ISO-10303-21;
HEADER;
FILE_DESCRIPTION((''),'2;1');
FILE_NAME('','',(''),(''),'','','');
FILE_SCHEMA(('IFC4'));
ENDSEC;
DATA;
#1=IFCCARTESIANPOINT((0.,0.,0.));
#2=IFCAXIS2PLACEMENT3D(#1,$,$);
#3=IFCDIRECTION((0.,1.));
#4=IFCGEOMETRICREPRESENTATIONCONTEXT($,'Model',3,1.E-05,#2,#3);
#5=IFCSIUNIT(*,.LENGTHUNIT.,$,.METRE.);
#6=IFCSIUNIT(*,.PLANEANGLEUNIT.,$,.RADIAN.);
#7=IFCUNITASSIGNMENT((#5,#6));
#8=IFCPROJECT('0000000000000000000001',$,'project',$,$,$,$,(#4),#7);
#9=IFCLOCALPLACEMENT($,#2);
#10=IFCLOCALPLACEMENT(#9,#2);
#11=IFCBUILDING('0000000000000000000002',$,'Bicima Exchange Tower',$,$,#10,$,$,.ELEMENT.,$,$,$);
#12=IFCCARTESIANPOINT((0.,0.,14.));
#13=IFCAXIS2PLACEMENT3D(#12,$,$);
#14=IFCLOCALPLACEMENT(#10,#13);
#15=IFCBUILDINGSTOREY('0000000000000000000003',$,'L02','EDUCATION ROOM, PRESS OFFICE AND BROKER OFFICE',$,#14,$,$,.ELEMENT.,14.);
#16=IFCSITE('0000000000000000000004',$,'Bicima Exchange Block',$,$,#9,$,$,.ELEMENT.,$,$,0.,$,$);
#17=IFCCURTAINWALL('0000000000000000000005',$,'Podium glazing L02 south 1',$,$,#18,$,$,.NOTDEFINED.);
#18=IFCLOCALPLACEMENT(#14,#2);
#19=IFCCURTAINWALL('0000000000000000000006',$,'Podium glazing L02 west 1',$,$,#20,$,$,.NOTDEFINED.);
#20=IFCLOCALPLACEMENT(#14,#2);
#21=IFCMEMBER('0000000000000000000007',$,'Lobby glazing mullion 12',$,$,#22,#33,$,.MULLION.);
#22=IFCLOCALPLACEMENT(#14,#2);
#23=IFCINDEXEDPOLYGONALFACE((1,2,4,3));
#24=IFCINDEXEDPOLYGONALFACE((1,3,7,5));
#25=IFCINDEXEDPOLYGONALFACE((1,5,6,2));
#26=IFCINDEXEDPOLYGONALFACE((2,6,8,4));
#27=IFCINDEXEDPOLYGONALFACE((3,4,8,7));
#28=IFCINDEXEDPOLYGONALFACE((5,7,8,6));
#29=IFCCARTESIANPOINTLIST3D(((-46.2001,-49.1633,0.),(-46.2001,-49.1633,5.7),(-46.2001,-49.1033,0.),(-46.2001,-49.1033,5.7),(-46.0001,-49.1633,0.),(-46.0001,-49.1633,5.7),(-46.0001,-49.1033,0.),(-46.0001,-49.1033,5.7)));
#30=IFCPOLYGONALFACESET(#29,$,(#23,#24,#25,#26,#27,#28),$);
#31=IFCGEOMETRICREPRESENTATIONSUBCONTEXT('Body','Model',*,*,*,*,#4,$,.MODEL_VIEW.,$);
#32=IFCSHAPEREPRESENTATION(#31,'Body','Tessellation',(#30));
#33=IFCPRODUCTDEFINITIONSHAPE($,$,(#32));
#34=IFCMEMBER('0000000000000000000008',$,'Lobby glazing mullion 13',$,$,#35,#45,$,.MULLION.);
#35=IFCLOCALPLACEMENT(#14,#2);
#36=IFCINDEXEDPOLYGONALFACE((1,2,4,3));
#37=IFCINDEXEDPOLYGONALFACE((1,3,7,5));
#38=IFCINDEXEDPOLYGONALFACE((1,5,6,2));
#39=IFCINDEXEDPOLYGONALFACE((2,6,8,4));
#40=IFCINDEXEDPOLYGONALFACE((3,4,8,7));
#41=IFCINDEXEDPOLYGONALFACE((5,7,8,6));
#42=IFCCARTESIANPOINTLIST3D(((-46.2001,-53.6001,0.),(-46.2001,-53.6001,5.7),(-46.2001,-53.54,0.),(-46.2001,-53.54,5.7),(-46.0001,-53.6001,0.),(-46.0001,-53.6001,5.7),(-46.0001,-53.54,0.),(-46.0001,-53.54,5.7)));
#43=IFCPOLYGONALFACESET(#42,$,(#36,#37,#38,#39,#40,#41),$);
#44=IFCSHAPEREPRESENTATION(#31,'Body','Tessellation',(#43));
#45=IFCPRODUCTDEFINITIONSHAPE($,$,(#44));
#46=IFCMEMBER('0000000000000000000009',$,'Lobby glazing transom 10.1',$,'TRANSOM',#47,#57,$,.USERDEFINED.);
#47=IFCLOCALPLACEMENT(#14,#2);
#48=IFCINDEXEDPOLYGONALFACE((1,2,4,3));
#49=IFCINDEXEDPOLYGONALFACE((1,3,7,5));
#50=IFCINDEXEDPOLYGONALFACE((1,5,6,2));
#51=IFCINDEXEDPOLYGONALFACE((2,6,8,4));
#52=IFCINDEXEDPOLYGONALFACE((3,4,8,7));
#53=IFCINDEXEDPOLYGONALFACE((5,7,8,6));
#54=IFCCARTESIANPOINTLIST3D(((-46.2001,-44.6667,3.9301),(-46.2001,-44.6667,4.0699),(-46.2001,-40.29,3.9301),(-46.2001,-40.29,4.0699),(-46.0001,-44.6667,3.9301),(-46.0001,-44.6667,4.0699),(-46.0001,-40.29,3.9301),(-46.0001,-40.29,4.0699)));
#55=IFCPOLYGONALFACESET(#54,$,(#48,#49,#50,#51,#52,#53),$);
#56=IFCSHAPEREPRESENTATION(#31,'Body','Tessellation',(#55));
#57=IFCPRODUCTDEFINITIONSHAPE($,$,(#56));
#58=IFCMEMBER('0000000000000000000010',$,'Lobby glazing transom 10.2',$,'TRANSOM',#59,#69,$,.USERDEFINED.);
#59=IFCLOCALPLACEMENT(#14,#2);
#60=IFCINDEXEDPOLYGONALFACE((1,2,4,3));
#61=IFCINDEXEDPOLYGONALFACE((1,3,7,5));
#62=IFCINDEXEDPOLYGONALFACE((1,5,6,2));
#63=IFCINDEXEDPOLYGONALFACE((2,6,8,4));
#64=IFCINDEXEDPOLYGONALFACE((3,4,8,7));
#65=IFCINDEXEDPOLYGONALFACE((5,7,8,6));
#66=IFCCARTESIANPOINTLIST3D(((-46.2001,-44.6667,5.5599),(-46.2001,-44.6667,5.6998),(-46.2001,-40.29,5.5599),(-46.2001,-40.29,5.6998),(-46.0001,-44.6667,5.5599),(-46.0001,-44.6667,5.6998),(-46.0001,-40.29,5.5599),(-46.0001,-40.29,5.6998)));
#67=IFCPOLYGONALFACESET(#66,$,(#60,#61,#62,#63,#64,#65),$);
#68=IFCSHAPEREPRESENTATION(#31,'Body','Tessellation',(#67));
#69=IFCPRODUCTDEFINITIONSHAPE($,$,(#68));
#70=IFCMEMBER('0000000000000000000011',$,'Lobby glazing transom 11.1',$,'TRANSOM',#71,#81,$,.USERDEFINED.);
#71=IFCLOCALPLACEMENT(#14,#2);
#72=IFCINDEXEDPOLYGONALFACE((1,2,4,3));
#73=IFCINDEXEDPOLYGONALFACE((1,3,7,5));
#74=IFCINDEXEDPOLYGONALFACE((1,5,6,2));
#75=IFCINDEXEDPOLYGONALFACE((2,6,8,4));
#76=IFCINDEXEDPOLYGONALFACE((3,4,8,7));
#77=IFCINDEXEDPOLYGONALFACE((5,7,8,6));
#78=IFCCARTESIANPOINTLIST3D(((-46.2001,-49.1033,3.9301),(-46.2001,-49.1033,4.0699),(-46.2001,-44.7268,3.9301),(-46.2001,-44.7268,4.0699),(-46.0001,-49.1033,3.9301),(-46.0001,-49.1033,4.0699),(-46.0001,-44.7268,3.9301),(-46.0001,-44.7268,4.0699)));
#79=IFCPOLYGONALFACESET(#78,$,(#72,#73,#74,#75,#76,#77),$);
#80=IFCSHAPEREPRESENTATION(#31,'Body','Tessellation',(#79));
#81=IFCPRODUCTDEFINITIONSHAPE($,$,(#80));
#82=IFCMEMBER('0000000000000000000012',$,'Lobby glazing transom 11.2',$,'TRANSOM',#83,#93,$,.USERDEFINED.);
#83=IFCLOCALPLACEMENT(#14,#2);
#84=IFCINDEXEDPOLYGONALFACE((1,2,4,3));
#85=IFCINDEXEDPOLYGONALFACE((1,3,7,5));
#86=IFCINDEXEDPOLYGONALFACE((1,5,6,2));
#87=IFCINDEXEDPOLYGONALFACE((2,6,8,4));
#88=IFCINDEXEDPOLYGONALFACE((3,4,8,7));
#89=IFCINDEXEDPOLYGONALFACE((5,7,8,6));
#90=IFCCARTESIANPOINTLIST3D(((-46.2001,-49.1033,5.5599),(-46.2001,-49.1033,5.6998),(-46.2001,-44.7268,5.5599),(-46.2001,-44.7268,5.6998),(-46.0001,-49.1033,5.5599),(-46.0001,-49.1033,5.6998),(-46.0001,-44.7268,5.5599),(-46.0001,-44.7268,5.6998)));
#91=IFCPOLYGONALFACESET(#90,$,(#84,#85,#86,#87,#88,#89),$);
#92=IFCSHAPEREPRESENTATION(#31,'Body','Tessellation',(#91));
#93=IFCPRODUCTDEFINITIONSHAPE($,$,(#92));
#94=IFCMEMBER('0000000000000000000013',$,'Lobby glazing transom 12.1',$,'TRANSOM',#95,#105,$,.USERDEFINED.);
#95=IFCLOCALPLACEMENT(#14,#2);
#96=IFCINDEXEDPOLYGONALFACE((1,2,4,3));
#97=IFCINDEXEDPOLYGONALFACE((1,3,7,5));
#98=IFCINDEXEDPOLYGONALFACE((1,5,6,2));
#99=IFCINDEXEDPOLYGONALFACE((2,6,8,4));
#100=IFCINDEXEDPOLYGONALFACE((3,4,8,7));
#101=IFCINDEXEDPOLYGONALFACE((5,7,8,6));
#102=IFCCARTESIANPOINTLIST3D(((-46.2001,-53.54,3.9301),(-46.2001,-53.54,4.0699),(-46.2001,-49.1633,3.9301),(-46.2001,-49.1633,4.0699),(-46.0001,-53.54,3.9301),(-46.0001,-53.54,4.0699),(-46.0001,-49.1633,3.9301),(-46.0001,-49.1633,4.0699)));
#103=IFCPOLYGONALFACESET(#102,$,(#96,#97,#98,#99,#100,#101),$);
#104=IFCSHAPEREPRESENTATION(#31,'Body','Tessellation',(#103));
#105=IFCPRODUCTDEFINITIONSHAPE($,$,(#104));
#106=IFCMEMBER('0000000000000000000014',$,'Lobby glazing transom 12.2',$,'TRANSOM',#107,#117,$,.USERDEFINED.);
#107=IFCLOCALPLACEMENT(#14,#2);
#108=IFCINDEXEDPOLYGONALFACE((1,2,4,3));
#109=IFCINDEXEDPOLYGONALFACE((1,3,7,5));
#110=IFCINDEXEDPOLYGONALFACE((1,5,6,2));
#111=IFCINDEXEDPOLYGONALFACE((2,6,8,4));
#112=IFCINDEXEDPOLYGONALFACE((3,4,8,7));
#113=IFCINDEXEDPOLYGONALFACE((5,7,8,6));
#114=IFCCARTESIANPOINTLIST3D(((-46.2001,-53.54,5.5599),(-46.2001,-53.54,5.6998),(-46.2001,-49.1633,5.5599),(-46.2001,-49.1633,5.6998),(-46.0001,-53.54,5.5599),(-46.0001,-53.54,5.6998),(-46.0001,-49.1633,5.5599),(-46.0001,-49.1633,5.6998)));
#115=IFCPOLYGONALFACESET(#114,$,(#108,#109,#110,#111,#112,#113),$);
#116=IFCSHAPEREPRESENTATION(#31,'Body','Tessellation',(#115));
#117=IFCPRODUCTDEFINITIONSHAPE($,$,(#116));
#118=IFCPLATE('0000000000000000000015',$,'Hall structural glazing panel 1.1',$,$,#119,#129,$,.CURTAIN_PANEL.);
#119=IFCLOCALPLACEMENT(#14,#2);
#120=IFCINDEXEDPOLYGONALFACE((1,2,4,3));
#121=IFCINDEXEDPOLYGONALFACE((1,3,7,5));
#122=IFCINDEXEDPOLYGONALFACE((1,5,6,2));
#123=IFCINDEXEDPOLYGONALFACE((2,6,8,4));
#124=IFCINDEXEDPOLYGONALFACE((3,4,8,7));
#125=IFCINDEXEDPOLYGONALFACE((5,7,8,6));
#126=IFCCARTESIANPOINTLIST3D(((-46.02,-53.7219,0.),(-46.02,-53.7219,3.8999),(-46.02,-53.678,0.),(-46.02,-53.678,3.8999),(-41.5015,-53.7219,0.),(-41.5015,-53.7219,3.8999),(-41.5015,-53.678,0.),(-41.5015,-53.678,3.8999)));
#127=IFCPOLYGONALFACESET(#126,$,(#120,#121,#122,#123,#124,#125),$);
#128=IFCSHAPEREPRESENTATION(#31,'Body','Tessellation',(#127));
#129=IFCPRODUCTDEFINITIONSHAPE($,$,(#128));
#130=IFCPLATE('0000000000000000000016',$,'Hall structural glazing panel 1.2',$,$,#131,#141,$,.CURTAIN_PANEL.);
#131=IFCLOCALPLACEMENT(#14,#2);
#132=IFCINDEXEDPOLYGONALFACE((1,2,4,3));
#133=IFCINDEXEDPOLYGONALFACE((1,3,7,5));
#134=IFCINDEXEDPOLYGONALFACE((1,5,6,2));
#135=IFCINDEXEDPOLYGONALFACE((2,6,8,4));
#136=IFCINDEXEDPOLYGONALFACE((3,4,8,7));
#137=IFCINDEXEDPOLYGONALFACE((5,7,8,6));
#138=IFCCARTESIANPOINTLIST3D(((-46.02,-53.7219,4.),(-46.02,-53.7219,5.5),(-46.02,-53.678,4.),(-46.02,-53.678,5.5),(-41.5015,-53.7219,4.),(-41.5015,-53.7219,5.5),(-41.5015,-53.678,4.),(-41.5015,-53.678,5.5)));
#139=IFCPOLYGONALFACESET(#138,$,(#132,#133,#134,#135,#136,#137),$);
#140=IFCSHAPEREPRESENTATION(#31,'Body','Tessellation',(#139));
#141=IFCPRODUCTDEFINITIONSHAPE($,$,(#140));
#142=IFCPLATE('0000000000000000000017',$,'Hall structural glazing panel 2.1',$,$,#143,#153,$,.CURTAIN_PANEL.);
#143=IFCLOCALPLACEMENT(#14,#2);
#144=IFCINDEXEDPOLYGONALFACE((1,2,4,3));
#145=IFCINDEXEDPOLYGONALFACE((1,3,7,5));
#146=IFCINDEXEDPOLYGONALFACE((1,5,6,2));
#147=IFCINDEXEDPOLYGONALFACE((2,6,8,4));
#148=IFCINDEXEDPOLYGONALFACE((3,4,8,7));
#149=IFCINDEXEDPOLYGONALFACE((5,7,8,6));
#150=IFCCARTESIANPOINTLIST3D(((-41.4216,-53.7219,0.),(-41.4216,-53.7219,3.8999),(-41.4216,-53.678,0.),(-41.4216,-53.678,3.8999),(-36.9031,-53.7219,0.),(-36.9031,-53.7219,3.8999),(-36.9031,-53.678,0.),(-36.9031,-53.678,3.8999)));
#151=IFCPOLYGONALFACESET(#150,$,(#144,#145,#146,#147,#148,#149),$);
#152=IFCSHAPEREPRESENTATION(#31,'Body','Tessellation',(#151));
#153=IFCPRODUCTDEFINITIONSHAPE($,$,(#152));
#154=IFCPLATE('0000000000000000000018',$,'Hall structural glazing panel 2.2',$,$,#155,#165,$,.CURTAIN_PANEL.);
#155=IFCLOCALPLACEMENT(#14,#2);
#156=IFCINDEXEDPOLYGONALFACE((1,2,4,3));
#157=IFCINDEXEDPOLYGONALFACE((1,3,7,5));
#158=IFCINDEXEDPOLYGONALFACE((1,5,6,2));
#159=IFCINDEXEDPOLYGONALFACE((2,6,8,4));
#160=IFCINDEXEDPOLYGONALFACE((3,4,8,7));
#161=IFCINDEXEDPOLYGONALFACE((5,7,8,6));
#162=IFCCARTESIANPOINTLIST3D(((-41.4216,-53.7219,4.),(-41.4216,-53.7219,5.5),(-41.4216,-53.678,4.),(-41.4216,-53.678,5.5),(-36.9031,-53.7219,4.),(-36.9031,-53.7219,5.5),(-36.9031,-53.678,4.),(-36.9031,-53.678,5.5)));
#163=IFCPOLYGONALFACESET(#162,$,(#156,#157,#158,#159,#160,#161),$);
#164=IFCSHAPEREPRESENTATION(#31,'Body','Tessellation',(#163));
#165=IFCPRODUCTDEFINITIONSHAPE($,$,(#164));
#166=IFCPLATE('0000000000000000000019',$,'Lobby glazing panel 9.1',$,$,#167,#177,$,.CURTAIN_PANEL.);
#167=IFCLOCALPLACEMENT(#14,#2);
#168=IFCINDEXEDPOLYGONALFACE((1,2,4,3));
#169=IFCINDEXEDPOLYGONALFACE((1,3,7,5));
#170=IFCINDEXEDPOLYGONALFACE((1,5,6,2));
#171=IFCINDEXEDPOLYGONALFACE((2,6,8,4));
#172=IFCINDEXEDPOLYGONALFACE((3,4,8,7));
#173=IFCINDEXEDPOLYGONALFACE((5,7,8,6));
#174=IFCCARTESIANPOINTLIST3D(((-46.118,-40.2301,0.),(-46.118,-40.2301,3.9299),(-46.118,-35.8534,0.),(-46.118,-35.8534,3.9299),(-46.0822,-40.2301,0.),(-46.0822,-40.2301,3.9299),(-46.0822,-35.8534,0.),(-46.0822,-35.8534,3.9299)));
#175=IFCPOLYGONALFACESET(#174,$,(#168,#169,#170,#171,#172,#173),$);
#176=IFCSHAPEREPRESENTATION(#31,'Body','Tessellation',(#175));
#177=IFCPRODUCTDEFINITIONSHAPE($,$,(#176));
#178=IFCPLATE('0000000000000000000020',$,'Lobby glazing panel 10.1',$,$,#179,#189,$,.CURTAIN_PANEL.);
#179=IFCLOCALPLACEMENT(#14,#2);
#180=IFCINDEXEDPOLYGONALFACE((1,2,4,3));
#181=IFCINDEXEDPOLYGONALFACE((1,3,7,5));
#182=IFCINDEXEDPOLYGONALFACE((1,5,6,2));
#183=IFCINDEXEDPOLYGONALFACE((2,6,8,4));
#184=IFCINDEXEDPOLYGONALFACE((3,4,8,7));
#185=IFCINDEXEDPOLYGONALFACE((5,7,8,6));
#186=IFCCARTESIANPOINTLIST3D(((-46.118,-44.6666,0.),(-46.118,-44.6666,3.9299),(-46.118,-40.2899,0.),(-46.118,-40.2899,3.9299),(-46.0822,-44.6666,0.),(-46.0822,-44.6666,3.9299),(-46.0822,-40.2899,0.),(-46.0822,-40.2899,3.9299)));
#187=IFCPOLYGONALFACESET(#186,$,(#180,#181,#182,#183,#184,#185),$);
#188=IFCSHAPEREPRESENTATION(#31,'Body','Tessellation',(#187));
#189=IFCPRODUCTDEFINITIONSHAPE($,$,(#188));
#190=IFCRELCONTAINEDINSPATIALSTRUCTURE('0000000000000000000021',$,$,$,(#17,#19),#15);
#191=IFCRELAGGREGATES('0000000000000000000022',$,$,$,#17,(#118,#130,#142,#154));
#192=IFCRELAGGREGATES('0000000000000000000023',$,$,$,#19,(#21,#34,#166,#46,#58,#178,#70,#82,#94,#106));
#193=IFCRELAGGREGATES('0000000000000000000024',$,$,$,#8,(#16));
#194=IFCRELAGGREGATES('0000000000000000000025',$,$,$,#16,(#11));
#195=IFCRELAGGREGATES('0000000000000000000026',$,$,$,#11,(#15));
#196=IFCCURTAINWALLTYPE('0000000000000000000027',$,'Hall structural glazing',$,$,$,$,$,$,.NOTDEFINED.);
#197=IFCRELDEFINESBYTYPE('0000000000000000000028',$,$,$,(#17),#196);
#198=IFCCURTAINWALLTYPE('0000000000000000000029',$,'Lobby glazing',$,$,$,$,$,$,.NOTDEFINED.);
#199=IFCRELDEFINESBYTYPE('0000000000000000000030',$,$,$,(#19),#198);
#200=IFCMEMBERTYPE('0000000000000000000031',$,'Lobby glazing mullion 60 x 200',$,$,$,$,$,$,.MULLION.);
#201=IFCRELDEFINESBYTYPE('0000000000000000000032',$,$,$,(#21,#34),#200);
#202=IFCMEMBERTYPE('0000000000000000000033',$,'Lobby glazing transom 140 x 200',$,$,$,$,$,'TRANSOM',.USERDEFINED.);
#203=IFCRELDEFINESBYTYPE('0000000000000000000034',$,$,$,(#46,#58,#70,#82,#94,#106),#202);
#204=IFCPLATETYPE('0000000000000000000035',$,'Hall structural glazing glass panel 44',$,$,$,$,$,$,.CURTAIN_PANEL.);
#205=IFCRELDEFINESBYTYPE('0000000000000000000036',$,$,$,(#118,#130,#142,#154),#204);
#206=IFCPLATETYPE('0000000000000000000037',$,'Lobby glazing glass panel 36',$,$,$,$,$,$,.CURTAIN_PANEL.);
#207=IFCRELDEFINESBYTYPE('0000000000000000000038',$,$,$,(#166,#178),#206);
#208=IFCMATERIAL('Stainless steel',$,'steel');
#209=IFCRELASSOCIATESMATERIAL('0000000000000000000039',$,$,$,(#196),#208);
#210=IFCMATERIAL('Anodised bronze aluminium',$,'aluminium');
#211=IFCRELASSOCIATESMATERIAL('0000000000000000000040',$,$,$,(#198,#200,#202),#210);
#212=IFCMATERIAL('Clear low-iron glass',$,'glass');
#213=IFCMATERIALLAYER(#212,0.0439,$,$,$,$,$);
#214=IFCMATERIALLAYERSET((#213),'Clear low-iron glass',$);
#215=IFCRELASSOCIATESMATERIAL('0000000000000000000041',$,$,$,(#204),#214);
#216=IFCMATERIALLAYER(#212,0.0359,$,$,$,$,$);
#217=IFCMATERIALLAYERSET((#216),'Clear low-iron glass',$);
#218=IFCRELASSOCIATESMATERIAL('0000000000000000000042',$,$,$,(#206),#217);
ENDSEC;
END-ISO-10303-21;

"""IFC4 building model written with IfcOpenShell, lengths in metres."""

from ifc_helpers import new_model, si_unit, direction, frame, origin, origin_2d, place, context, subcontext, project, spatial, rectangle, extrude, material, layer, layer_set, material_profile, profile_set, type_object, element, aggregate, save


model = new_model("IFC4")

# Units and contexts
model_context = context("Model", 3, precision=1e-05, world=origin(), true_north=direction((0.0, 1.0)))
body_context = subcontext(model_context, "Body", "Model", "MODEL_VIEW")
ifc_project = project(units=[si_unit("LENGTHUNIT", "METRE"), si_unit("PLANEANGLEUNIT", "RADIAN")], contexts=[model_context])

# Site, building, storey
site_placement = place(None, origin())
site = spatial("IfcSite", under=ifc_project, at=site_placement, Name="Bicima Exchange Block", CompositionType="ELEMENT", RefElevation=0.0)
building_placement = place(site_placement, origin())
building = spatial("IfcBuilding", under=site, at=building_placement, Name="Bicima Exchange Tower", CompositionType="ELEMENT")
storey_placement = place(building_placement, frame((0.0, 0.0, 14.0)))
storey = spatial("IfcBuildingStorey", under=building, at=storey_placement, Name="L02", Description="EDUCATION ROOM, PRESS OFFICE AND BROKER OFFICE", CompositionType="ELEMENT", Elevation=14.0)

# Curtain walls, members
ifc_material_1 = material(Name="Stainless steel", Category="steel")
curtain_wall_type_1 = type_object("IfcCurtainWallType", Name="Hall structural glazing", PredefinedType="NOTDEFINED", material=ifc_material_1)
curtain_wall_1_placement = place(storey_placement, origin())
curtain_wall_1 = element("IfcCurtainWall", 1, at=curtain_wall_1_placement, inside=storey, type_object=curtain_wall_type_1, Name="Podium glazing L02 south 1", PredefinedType="NOTDEFINED")
ifc_material_2 = material(Name="Anodised bronze aluminium", Category="aluminium")
curtain_wall_type_2 = type_object("IfcCurtainWallType", Name="Lobby glazing", PredefinedType="NOTDEFINED", material=ifc_material_2)
curtain_wall_2_placement = place(storey_placement, origin())
curtain_wall_2 = element("IfcCurtainWall", 2, at=curtain_wall_2_placement, inside=storey, type_object=curtain_wall_type_2, Name="Podium glazing L02 west 1", PredefinedType="NOTDEFINED")
ifc_material_profile_1 = material_profile(ifc_material_2, rectangle(XDim=0.2, YDim=0.0601, at=origin_2d()))
ifc_profile_set_1 = profile_set([ifc_material_profile_1], Name="Anodised bronze aluminium")
member_type_1 = type_object("IfcMemberType", Name="Lobby glazing mullion 60 x 200", PredefinedType="MULLION", material=ifc_profile_set_1)
member_1_placement = place(storey_placement, frame((-46.1001, -49.1333, 0.0), z_axis=(0.0, 0.0, 1.0), x_axis=(1.0, 0.0, 0.0)))
member_1 = element("IfcMember", 3, at=member_1_placement, type_object=member_type_1, Name="Lobby glazing mullion 12", PredefinedType="MULLION", context=body_context, shape_type="SweptSolid", body=[
    extrude(rectangle(XDim=0.2, YDim=0.0601, at=origin_2d()), origin(), (0.0, 0.0, 1.0), 5.7),
])
member_2_placement = place(storey_placement, frame((-46.1001, -53.5701, 0.0), z_axis=(0.0, 0.0, 1.0), x_axis=(1.0, 0.0, 0.0)))
member_2 = element("IfcMember", 4, at=member_2_placement, type_object=member_type_1, Name="Lobby glazing mullion 13", PredefinedType="MULLION", context=body_context, shape_type="SweptSolid", body=[
    extrude(rectangle(XDim=0.2, YDim=0.0601, at=origin_2d()), origin(), (0.0, 0.0, 1.0), 5.7),
])
ifc_material_profile_2 = material_profile(ifc_material_2, rectangle(XDim=0.2, YDim=0.1399, at=origin_2d()))
ifc_profile_set_2 = profile_set([ifc_material_profile_2], Name="Anodised bronze aluminium")
member_type_2 = type_object("IfcMemberType", Name="Lobby glazing transom 140 x 200", ElementType="TRANSOM", PredefinedType="USERDEFINED", material=ifc_profile_set_2)
member_3_placement = place(storey_placement, frame((-46.1001, -40.29, 4.0), z_axis=(0.0, -1.0, 0.0), x_axis=(1.0, 0.0, 0.0)))
member_3 = element("IfcMember", 5, at=member_3_placement, type_object=member_type_2, Name="Lobby glazing transom 10.1", ObjectType="TRANSOM", PredefinedType="USERDEFINED", context=body_context, shape_type="SweptSolid", body=[
    extrude(rectangle(XDim=0.2, YDim=0.1399, at=origin_2d()), origin(), (0.0, 0.0, 1.0), 4.3767),
])
member_4_placement = place(storey_placement, frame((-46.1001, -40.29, 5.6299), z_axis=(0.0, -1.0, 0.0), x_axis=(1.0, 0.0, 0.0)))
member_4 = element("IfcMember", 6, at=member_4_placement, type_object=member_type_2, Name="Lobby glazing transom 10.2", ObjectType="TRANSOM", PredefinedType="USERDEFINED", context=body_context, shape_type="SweptSolid", body=[
    extrude(rectangle(XDim=0.2, YDim=0.1399, at=origin_2d()), origin(), (0.0, 0.0, 1.0), 4.3767),
])
member_5_placement = place(storey_placement, frame((-46.1001, -44.7268, 4.0), z_axis=(0.0, -1.0, 0.0), x_axis=(1.0, 0.0, 0.0)))
member_5 = element("IfcMember", 7, at=member_5_placement, type_object=member_type_2, Name="Lobby glazing transom 11.1", ObjectType="TRANSOM", PredefinedType="USERDEFINED", context=body_context, shape_type="SweptSolid", body=[
    extrude(rectangle(XDim=0.2, YDim=0.1399, at=origin_2d()), origin(), (0.0, 0.0, 1.0), 4.3765),
])
member_6_placement = place(storey_placement, frame((-46.1001, -44.7268, 5.6299), z_axis=(0.0, -1.0, 0.0), x_axis=(1.0, 0.0, 0.0)))
member_6 = element("IfcMember", 8, at=member_6_placement, type_object=member_type_2, Name="Lobby glazing transom 11.2", ObjectType="TRANSOM", PredefinedType="USERDEFINED", context=body_context, shape_type="SweptSolid", body=[
    extrude(rectangle(XDim=0.2, YDim=0.1399, at=origin_2d()), origin(), (0.0, 0.0, 1.0), 4.3765),
])
member_7_placement = place(storey_placement, frame((-46.1001, -49.1633, 4.0), z_axis=(0.0, -1.0, 0.0), x_axis=(1.0, 0.0, 0.0)))
member_7 = element("IfcMember", 9, at=member_7_placement, type_object=member_type_2, Name="Lobby glazing transom 12.1", ObjectType="TRANSOM", PredefinedType="USERDEFINED", context=body_context, shape_type="SweptSolid", body=[
    extrude(rectangle(XDim=0.2, YDim=0.1399, at=origin_2d()), origin(), (0.0, 0.0, 1.0), 4.3767),
])
member_8_placement = place(storey_placement, frame((-46.1001, -49.1633, 5.6299), z_axis=(0.0, -1.0, 0.0), x_axis=(1.0, 0.0, 0.0)))
member_8 = element("IfcMember", 10, at=member_8_placement, type_object=member_type_2, Name="Lobby glazing transom 12.2", ObjectType="TRANSOM", PredefinedType="USERDEFINED", context=body_context, shape_type="SweptSolid", body=[
    extrude(rectangle(XDim=0.2, YDim=0.1399, at=origin_2d()), origin(), (0.0, 0.0, 1.0), 4.3767),
])

# Plates
ifc_material_3 = material(Name="Clear low-iron glass", Category="glass")
ifc_layer_1 = layer(ifc_material_3, 0.0439)
ifc_layer_set_1 = layer_set([ifc_layer_1], Name="Clear low-iron glass")
plate_type_1 = type_object("IfcPlateType", Name="Hall structural glazing glass panel 44", PredefinedType="CURTAIN_PANEL", material=ifc_layer_set_1)
plate_1_placement = place(storey_placement, frame((-43.7607, -53.7, 0.0), z_axis=(0.0, 0.0, 1.0), x_axis=(1.0, 0.0, 0.0)))
plate_1 = element("IfcPlate", 11, at=plate_1_placement, type_object=plate_type_1, Name="Hall structural glazing panel 1.1", PredefinedType="CURTAIN_PANEL", context=body_context, shape_type="SweptSolid", body=[
    extrude(rectangle(XDim=4.5186, YDim=0.0439, at=origin_2d()), origin(), (0.0, 0.0, 1.0), 3.8999),
])
plate_2_placement = place(storey_placement, frame((-43.7607, -53.7, 4.0), z_axis=(0.0, 0.0, 1.0), x_axis=(1.0, 0.0, 0.0)))
plate_2 = element("IfcPlate", 12, at=plate_2_placement, type_object=plate_type_1, Name="Hall structural glazing panel 1.2", PredefinedType="CURTAIN_PANEL", context=body_context, shape_type="SweptSolid", body=[
    extrude(rectangle(XDim=4.5186, YDim=0.0439, at=origin_2d()), origin(), (0.0, 0.0, 1.0), 1.5),
])
plate_3_placement = place(storey_placement, frame((-39.1624, -53.7, 0.0), z_axis=(0.0, 0.0, 1.0), x_axis=(1.0, 0.0, 0.0)))
plate_3 = element("IfcPlate", 13, at=plate_3_placement, type_object=plate_type_1, Name="Hall structural glazing panel 2.1", PredefinedType="CURTAIN_PANEL", context=body_context, shape_type="SweptSolid", body=[
    extrude(rectangle(XDim=4.5186, YDim=0.0439, at=origin_2d()), origin(), (0.0, 0.0, 1.0), 3.8999),
])
plate_4_placement = place(storey_placement, frame((-39.1624, -53.7, 4.0), z_axis=(0.0, 0.0, 1.0), x_axis=(1.0, 0.0, 0.0)))
plate_4 = element("IfcPlate", 14, at=plate_4_placement, type_object=plate_type_1, Name="Hall structural glazing panel 2.2", PredefinedType="CURTAIN_PANEL", context=body_context, shape_type="SweptSolid", body=[
    extrude(rectangle(XDim=4.5186, YDim=0.0439, at=origin_2d()), origin(), (0.0, 0.0, 1.0), 1.5),
])
aggregate(curtain_wall_1, [plate_1, plate_2, plate_3, plate_4])
ifc_layer_2 = layer(ifc_material_3, 0.0359)
ifc_layer_set_2 = layer_set([ifc_layer_2], Name="Clear low-iron glass")
plate_type_2 = type_object("IfcPlateType", Name="Lobby glazing glass panel 36", PredefinedType="CURTAIN_PANEL", material=ifc_layer_set_2)
plate_5_placement = place(storey_placement, frame((-46.1001, -38.0417, 0.0), z_axis=(0.0, 0.0, 1.0), x_axis=(0.0, -1.0, 0.0)))
plate_5 = element("IfcPlate", 15, at=plate_5_placement, type_object=plate_type_2, Name="Lobby glazing panel 9.1", PredefinedType="CURTAIN_PANEL", context=body_context, shape_type="SweptSolid", body=[
    extrude(rectangle(XDim=4.3767, YDim=0.0359, at=origin_2d()), origin(), (0.0, 0.0, 1.0), 3.9299),
])
plate_6_placement = place(storey_placement, frame((-46.1001, -42.4783, 0.0), z_axis=(0.0, 0.0, 1.0), x_axis=(0.0, -1.0, 0.0)))
plate_6 = element("IfcPlate", 16, at=plate_6_placement, type_object=plate_type_2, Name="Lobby glazing panel 10.1", PredefinedType="CURTAIN_PANEL", context=body_context, shape_type="SweptSolid", body=[
    extrude(rectangle(XDim=4.3767, YDim=0.0359, at=origin_2d()), origin(), (0.0, 0.0, 1.0), 3.9299),
])
aggregate(curtain_wall_2, [member_1, member_2, plate_5, member_3, member_4, plate_6, member_5, member_6, member_7, member_8])

save(model, "model.ifc")
